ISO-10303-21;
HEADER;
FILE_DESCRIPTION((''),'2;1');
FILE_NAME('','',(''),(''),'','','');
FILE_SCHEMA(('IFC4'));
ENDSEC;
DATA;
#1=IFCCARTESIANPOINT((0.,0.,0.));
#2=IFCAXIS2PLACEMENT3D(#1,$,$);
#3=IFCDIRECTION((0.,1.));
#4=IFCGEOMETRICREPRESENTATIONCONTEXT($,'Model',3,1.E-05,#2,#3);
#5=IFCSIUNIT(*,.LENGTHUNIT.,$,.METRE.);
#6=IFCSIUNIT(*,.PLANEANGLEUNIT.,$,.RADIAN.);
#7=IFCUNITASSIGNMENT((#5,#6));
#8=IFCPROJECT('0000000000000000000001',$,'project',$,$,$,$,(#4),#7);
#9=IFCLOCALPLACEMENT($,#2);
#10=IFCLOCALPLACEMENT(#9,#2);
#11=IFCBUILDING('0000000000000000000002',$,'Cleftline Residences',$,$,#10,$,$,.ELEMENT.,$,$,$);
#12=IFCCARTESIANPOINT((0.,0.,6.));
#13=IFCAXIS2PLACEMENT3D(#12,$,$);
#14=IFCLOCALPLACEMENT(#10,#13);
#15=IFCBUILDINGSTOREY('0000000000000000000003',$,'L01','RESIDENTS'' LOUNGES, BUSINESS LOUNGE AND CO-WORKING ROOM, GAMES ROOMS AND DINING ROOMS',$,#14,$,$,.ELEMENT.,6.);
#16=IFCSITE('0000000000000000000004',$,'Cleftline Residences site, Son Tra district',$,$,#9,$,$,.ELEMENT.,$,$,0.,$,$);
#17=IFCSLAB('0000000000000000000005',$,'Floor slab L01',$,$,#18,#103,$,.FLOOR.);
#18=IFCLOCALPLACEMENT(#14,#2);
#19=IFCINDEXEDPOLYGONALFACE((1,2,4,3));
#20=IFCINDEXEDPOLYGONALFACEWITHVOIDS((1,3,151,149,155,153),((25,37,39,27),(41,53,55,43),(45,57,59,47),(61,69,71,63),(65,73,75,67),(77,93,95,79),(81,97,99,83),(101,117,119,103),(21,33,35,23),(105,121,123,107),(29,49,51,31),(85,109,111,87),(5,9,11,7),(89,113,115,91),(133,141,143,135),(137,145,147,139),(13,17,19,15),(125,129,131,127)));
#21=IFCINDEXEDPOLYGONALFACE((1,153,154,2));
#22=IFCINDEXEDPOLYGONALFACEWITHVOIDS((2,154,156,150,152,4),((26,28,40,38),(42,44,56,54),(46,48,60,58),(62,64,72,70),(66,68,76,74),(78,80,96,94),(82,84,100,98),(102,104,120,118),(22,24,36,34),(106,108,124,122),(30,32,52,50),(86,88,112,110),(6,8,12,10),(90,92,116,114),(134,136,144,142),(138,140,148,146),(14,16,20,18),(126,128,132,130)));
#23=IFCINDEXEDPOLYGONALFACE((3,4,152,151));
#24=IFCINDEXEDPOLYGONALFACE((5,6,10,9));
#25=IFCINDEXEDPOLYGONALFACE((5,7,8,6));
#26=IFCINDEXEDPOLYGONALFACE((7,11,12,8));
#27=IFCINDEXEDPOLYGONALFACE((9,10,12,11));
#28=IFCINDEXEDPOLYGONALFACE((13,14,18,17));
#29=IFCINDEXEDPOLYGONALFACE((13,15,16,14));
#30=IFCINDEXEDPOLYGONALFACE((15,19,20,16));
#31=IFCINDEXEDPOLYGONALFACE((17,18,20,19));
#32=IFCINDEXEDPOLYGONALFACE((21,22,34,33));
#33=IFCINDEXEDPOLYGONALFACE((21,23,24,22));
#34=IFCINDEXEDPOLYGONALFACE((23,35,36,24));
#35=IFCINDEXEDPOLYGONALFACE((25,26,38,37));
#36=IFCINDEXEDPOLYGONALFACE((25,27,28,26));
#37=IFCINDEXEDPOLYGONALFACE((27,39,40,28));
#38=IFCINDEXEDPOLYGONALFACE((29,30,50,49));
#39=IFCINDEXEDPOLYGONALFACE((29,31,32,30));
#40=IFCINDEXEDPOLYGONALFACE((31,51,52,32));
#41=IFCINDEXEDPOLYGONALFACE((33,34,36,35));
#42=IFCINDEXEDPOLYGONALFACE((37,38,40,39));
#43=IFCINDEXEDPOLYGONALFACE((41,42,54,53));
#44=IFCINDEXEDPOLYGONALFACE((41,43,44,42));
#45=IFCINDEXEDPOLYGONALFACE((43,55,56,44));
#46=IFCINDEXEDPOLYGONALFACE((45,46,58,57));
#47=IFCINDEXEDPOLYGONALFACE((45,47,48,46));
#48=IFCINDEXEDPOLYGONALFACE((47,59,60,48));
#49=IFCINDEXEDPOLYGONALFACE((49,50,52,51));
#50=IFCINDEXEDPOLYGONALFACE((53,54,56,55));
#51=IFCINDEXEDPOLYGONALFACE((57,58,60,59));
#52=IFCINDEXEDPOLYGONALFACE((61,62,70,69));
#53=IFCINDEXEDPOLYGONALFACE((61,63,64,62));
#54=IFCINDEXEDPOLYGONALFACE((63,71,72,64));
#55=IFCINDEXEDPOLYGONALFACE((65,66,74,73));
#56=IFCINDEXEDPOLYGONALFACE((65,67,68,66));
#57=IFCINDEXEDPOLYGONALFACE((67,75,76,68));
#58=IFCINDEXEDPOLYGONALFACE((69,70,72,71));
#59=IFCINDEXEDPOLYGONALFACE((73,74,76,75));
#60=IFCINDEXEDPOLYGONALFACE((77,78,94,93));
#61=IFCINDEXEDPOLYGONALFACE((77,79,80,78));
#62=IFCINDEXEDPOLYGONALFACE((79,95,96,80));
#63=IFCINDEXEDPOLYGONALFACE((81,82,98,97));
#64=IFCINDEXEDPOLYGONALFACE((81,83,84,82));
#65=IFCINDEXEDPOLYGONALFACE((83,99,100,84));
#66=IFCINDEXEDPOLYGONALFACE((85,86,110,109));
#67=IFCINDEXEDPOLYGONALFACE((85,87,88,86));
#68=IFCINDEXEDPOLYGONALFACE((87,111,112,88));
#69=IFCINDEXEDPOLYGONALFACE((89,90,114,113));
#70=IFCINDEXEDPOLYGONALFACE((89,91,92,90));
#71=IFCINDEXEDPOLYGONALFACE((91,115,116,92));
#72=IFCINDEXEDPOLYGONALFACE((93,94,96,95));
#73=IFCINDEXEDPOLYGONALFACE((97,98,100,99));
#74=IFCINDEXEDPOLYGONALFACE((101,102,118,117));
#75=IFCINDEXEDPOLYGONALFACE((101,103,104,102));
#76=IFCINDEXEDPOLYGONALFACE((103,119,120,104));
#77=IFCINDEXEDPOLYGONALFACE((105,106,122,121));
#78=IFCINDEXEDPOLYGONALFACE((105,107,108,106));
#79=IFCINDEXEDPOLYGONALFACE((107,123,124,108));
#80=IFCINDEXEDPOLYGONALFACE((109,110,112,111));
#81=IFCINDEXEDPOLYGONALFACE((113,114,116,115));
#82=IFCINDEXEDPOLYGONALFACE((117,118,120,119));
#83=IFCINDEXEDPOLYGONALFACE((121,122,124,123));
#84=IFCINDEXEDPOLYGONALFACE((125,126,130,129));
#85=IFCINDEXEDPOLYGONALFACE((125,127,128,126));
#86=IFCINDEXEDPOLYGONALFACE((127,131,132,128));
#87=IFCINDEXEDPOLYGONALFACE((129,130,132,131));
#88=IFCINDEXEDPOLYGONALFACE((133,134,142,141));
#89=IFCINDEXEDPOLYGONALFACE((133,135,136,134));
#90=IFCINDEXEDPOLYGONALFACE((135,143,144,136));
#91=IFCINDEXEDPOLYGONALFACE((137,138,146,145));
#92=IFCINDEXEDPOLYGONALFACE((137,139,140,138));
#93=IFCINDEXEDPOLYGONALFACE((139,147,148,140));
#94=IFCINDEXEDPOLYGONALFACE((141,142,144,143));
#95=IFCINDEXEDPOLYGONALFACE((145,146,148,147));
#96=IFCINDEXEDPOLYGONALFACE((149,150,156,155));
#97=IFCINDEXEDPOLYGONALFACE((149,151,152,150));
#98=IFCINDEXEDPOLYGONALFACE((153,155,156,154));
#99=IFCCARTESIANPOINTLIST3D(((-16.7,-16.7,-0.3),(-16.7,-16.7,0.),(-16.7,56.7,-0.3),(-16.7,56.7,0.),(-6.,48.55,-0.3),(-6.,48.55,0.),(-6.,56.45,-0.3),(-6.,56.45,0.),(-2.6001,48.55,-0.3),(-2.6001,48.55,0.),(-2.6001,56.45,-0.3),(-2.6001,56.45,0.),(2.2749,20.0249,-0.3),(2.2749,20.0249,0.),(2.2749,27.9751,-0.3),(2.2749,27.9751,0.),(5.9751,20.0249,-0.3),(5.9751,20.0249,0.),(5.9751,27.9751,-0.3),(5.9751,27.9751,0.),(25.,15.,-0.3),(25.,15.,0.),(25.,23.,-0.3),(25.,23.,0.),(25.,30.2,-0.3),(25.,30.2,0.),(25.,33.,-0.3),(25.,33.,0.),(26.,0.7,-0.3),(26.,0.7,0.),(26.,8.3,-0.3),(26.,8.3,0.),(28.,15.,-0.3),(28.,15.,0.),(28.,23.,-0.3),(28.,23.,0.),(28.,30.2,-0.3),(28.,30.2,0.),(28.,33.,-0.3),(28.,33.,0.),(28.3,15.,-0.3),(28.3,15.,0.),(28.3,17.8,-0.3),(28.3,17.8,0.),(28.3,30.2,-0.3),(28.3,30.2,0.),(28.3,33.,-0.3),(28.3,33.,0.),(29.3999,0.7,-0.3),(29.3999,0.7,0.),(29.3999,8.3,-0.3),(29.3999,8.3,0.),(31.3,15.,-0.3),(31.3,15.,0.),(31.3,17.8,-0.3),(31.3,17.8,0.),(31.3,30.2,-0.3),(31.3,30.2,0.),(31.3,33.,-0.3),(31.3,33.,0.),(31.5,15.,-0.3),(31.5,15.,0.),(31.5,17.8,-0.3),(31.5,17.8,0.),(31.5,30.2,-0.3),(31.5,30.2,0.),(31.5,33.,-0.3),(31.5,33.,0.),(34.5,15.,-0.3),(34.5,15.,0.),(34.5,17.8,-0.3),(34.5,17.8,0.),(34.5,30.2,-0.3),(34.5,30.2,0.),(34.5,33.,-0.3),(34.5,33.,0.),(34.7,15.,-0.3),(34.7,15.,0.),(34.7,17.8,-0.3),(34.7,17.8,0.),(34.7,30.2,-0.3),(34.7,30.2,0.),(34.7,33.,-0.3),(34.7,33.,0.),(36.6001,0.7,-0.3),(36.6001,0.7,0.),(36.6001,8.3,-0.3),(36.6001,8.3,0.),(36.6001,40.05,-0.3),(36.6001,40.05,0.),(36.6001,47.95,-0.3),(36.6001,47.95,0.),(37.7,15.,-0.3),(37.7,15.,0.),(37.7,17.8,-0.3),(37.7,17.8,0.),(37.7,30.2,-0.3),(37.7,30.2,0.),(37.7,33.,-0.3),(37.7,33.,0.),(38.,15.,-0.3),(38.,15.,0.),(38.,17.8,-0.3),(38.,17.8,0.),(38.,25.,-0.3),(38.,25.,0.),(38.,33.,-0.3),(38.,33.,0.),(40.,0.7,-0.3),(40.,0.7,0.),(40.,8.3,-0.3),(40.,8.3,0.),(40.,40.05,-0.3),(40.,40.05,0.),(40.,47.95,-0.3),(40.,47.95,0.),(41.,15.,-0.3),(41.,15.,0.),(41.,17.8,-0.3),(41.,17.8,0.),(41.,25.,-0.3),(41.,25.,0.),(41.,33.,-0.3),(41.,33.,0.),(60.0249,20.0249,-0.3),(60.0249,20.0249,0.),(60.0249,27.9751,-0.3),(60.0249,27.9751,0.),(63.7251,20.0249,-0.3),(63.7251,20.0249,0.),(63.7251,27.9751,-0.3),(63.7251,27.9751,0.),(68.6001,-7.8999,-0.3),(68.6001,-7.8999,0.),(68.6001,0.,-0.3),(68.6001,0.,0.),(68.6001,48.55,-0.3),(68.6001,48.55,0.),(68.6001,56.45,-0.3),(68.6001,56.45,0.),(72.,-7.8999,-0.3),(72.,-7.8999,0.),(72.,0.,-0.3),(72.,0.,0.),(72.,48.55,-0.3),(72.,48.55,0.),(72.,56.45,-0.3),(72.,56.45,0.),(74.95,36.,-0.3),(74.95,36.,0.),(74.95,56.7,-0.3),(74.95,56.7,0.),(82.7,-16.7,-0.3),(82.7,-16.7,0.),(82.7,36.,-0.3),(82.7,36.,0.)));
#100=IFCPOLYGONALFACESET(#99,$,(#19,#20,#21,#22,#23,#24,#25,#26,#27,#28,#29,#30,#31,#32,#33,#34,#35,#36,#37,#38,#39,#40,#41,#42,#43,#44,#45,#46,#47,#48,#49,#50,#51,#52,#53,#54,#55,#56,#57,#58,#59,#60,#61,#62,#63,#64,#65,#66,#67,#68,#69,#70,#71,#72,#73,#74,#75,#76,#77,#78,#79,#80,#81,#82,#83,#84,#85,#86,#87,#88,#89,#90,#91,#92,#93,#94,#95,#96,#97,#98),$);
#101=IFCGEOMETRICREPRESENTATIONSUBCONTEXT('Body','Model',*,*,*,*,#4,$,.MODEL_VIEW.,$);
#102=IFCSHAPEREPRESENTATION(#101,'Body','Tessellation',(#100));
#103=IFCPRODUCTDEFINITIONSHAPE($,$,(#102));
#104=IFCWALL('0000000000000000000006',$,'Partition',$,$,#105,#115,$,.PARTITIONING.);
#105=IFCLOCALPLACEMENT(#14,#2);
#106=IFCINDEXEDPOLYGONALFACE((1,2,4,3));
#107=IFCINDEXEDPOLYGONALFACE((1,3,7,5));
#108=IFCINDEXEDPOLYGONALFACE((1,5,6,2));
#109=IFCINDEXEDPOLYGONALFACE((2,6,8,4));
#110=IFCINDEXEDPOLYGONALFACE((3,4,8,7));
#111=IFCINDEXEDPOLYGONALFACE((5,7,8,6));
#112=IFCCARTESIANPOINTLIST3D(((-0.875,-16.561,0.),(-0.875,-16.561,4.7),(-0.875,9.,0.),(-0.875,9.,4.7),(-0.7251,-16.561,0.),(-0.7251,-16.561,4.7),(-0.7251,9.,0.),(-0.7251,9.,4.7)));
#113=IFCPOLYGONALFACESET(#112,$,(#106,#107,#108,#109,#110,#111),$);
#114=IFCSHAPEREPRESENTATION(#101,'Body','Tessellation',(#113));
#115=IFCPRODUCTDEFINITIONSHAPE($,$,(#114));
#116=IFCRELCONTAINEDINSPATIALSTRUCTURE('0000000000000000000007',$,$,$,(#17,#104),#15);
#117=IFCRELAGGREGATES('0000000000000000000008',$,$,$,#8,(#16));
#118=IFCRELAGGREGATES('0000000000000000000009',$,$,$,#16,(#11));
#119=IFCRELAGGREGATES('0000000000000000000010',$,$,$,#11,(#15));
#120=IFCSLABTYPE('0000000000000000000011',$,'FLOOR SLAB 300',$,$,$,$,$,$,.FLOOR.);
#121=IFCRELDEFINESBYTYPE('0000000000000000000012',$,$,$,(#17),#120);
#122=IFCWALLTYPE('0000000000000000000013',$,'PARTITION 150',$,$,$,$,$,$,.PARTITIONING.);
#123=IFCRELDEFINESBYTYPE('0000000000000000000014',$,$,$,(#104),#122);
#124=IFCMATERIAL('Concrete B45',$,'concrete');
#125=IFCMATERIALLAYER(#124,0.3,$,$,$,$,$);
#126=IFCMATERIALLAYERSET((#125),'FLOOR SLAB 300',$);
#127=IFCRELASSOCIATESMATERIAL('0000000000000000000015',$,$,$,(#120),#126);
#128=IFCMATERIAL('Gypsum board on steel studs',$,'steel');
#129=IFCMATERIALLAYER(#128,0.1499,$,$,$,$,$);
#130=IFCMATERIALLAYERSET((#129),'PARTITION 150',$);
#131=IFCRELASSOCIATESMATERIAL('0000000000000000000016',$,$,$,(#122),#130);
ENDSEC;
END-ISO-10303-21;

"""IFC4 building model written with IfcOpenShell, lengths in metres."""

from ifc_helpers import new_model, si_unit, direction, frame, frame_2d, origin, place, context, subcontext, project, spatial, polyline, rectangle, outline, extrude, material, layer, layer_set, type_object, element, save


model = new_model("IFC4")

# Units and contexts
model_context = context("Model", 3, precision=1e-05, world=origin(), true_north=direction((0.0, 1.0)))
body_context = subcontext(model_context, "Body", "Model", "MODEL_VIEW")
ifc_project = project(units=[si_unit("LENGTHUNIT", "METRE"), si_unit("PLANEANGLEUNIT", "RADIAN")], contexts=[model_context])

# Site, building, storey
site_placement = place(None, origin())
site = spatial("IfcSite", under=ifc_project, at=site_placement, Name="Cleftline Residences site, Son Tra district", CompositionType="ELEMENT", RefElevation=0.0)
building_placement = place(site_placement, origin())
building = spatial("IfcBuilding", under=site, at=building_placement, Name="Cleftline Residences", CompositionType="ELEMENT")
storey_placement = place(building_placement, frame((0.0, 0.0, 6.0)))
storey = spatial("IfcBuildingStorey", under=building, at=storey_placement, Name="L01", Description="RESIDENTS' LOUNGES, BUSINESS LOUNGE AND CO-WORKING ROOM, GAMES ROOMS AND DINING ROOMS", CompositionType="ELEMENT", Elevation=6.0)

# Slab
ifc_material_1 = material(Name="Concrete B45", Category="concrete")
ifc_layer_1 = layer(ifc_material_1, 0.3)
ifc_layer_set_1 = layer_set([ifc_layer_1], Name="FLOOR SLAB 300")
slab_type = type_object("IfcSlabType", Name="FLOOR SLAB 300", PredefinedType="FLOOR", material=ifc_layer_set_1)
slab_placement = place(storey_placement, frame((0.0, 0.0, -0.3)))
element("IfcSlab", 1, at=slab_placement, inside=storey, type_object=slab_type, Name="Floor slab L01", PredefinedType="FLOOR", context=body_context, shape_type="SweptSolid", body=[
    extrude(outline(polyline([(82.7, 36.0), (74.95, 36.0), (74.95, 56.7), (-16.7, 56.7), (-16.7, -16.7), (82.7, -16.7), (82.7, 36.0)]), holes=[polyline([(28.0, 15.0), (28.0, 23.0), (25.0, 23.0), (25.0, 15.0), (28.0, 15.0)]), polyline([(41.0, 25.0), (41.0, 33.0), (38.0, 33.0), (38.0, 25.0), (41.0, 25.0)]), polyline([(28.0, 30.2), (28.0, 33.0), (25.0, 33.0), (25.0, 30.2), (28.0, 30.2)]), polyline([(41.0, 15.0), (41.0, 17.8), (38.0, 17.8), (38.0, 15.0), (41.0, 15.0)]), polyline([(31.3, 15.0), (31.3, 17.8), (28.3, 17.8), (28.3, 15.0), (31.3, 15.0)]), polyline([(34.5, 15.0), (34.5, 17.8), (31.5, 17.8), (31.5, 15.0), (34.5, 15.0)]), polyline([(37.7, 15.0), (37.7, 17.8), (34.7, 17.8), (34.7, 15.0), (37.7, 15.0)]), polyline([(31.3, 30.2), (31.3, 33.0), (28.3, 33.0), (28.3, 30.2), (31.3, 30.2)]), polyline([(34.5, 30.2), (34.5, 33.0), (31.5, 33.0), (31.5, 30.2), (34.5, 30.2)]), polyline([(37.7, 30.2), (37.7, 33.0), (34.7, 33.0), (34.7, 30.2), (37.7, 30.2)]), polyline([(29.3999, 0.7), (29.3999, 8.3), (26.0, 8.3), (26.0, 0.7), (29.3999, 0.7)]), polyline([(40.0, 0.7), (40.0, 8.3), (36.6001, 8.3), (36.6001, 0.7), (40.0, 0.7)]), polyline([(40.0, 40.05), (40.0, 47.95), (36.6001, 47.95), (36.6001, 40.05), (40.0, 40.05)]), polyline([(63.7251, 20.0249), (63.7251, 27.9751), (60.0249, 27.9751), (60.0249, 20.0249), (63.7251, 20.0249)]), polyline([(72.0, 48.55), (72.0, 56.45), (68.6001, 56.45), (68.6001, 48.55), (72.0, 48.55)]), polyline([(72.0, -7.8999), (72.0, 0.0), (68.6001, 0.0), (68.6001, -7.8999), (72.0, -7.8999)]), polyline([(-2.6001, 48.55), (-2.6001, 56.45), (-6.0, 56.45), (-6.0, 48.55), (-2.6001, 48.55)]), polyline([(5.9751, 20.0249), (5.9751, 27.9751), (2.2749, 27.9751), (2.2749, 20.0249), (5.9751, 20.0249)])]), origin(), (0.0, 0.0, 1.0), 0.3),
])

# Wall
ifc_material_2 = material(Name="Gypsum board on steel studs", Category="steel")
ifc_layer_2 = layer(ifc_material_2, 0.1499)
ifc_layer_set_2 = layer_set([ifc_layer_2], Name="PARTITION 150")
wall_type = type_object("IfcWallType", Name="PARTITION 150", PredefinedType="PARTITIONING", material=ifc_layer_set_2)
wall_placement = place(storey_placement, frame((-0.8, -16.561, 0.0), z_axis=(0.0, 0.0, 1.0), x_axis=(0.0, 1.0, 0.0)))
element("IfcWall", 2, at=wall_placement, inside=storey, type_object=wall_type, Name="Partition", PredefinedType="PARTITIONING", context=body_context, shape_type="SweptSolid", body=[
    extrude(rectangle(XDim=25.561, YDim=0.1499, at=frame_2d((12.7805, 0.0))), origin(), (0.0, 0.0, 1.0), 4.7),
])

save(model, "model.ifc")
